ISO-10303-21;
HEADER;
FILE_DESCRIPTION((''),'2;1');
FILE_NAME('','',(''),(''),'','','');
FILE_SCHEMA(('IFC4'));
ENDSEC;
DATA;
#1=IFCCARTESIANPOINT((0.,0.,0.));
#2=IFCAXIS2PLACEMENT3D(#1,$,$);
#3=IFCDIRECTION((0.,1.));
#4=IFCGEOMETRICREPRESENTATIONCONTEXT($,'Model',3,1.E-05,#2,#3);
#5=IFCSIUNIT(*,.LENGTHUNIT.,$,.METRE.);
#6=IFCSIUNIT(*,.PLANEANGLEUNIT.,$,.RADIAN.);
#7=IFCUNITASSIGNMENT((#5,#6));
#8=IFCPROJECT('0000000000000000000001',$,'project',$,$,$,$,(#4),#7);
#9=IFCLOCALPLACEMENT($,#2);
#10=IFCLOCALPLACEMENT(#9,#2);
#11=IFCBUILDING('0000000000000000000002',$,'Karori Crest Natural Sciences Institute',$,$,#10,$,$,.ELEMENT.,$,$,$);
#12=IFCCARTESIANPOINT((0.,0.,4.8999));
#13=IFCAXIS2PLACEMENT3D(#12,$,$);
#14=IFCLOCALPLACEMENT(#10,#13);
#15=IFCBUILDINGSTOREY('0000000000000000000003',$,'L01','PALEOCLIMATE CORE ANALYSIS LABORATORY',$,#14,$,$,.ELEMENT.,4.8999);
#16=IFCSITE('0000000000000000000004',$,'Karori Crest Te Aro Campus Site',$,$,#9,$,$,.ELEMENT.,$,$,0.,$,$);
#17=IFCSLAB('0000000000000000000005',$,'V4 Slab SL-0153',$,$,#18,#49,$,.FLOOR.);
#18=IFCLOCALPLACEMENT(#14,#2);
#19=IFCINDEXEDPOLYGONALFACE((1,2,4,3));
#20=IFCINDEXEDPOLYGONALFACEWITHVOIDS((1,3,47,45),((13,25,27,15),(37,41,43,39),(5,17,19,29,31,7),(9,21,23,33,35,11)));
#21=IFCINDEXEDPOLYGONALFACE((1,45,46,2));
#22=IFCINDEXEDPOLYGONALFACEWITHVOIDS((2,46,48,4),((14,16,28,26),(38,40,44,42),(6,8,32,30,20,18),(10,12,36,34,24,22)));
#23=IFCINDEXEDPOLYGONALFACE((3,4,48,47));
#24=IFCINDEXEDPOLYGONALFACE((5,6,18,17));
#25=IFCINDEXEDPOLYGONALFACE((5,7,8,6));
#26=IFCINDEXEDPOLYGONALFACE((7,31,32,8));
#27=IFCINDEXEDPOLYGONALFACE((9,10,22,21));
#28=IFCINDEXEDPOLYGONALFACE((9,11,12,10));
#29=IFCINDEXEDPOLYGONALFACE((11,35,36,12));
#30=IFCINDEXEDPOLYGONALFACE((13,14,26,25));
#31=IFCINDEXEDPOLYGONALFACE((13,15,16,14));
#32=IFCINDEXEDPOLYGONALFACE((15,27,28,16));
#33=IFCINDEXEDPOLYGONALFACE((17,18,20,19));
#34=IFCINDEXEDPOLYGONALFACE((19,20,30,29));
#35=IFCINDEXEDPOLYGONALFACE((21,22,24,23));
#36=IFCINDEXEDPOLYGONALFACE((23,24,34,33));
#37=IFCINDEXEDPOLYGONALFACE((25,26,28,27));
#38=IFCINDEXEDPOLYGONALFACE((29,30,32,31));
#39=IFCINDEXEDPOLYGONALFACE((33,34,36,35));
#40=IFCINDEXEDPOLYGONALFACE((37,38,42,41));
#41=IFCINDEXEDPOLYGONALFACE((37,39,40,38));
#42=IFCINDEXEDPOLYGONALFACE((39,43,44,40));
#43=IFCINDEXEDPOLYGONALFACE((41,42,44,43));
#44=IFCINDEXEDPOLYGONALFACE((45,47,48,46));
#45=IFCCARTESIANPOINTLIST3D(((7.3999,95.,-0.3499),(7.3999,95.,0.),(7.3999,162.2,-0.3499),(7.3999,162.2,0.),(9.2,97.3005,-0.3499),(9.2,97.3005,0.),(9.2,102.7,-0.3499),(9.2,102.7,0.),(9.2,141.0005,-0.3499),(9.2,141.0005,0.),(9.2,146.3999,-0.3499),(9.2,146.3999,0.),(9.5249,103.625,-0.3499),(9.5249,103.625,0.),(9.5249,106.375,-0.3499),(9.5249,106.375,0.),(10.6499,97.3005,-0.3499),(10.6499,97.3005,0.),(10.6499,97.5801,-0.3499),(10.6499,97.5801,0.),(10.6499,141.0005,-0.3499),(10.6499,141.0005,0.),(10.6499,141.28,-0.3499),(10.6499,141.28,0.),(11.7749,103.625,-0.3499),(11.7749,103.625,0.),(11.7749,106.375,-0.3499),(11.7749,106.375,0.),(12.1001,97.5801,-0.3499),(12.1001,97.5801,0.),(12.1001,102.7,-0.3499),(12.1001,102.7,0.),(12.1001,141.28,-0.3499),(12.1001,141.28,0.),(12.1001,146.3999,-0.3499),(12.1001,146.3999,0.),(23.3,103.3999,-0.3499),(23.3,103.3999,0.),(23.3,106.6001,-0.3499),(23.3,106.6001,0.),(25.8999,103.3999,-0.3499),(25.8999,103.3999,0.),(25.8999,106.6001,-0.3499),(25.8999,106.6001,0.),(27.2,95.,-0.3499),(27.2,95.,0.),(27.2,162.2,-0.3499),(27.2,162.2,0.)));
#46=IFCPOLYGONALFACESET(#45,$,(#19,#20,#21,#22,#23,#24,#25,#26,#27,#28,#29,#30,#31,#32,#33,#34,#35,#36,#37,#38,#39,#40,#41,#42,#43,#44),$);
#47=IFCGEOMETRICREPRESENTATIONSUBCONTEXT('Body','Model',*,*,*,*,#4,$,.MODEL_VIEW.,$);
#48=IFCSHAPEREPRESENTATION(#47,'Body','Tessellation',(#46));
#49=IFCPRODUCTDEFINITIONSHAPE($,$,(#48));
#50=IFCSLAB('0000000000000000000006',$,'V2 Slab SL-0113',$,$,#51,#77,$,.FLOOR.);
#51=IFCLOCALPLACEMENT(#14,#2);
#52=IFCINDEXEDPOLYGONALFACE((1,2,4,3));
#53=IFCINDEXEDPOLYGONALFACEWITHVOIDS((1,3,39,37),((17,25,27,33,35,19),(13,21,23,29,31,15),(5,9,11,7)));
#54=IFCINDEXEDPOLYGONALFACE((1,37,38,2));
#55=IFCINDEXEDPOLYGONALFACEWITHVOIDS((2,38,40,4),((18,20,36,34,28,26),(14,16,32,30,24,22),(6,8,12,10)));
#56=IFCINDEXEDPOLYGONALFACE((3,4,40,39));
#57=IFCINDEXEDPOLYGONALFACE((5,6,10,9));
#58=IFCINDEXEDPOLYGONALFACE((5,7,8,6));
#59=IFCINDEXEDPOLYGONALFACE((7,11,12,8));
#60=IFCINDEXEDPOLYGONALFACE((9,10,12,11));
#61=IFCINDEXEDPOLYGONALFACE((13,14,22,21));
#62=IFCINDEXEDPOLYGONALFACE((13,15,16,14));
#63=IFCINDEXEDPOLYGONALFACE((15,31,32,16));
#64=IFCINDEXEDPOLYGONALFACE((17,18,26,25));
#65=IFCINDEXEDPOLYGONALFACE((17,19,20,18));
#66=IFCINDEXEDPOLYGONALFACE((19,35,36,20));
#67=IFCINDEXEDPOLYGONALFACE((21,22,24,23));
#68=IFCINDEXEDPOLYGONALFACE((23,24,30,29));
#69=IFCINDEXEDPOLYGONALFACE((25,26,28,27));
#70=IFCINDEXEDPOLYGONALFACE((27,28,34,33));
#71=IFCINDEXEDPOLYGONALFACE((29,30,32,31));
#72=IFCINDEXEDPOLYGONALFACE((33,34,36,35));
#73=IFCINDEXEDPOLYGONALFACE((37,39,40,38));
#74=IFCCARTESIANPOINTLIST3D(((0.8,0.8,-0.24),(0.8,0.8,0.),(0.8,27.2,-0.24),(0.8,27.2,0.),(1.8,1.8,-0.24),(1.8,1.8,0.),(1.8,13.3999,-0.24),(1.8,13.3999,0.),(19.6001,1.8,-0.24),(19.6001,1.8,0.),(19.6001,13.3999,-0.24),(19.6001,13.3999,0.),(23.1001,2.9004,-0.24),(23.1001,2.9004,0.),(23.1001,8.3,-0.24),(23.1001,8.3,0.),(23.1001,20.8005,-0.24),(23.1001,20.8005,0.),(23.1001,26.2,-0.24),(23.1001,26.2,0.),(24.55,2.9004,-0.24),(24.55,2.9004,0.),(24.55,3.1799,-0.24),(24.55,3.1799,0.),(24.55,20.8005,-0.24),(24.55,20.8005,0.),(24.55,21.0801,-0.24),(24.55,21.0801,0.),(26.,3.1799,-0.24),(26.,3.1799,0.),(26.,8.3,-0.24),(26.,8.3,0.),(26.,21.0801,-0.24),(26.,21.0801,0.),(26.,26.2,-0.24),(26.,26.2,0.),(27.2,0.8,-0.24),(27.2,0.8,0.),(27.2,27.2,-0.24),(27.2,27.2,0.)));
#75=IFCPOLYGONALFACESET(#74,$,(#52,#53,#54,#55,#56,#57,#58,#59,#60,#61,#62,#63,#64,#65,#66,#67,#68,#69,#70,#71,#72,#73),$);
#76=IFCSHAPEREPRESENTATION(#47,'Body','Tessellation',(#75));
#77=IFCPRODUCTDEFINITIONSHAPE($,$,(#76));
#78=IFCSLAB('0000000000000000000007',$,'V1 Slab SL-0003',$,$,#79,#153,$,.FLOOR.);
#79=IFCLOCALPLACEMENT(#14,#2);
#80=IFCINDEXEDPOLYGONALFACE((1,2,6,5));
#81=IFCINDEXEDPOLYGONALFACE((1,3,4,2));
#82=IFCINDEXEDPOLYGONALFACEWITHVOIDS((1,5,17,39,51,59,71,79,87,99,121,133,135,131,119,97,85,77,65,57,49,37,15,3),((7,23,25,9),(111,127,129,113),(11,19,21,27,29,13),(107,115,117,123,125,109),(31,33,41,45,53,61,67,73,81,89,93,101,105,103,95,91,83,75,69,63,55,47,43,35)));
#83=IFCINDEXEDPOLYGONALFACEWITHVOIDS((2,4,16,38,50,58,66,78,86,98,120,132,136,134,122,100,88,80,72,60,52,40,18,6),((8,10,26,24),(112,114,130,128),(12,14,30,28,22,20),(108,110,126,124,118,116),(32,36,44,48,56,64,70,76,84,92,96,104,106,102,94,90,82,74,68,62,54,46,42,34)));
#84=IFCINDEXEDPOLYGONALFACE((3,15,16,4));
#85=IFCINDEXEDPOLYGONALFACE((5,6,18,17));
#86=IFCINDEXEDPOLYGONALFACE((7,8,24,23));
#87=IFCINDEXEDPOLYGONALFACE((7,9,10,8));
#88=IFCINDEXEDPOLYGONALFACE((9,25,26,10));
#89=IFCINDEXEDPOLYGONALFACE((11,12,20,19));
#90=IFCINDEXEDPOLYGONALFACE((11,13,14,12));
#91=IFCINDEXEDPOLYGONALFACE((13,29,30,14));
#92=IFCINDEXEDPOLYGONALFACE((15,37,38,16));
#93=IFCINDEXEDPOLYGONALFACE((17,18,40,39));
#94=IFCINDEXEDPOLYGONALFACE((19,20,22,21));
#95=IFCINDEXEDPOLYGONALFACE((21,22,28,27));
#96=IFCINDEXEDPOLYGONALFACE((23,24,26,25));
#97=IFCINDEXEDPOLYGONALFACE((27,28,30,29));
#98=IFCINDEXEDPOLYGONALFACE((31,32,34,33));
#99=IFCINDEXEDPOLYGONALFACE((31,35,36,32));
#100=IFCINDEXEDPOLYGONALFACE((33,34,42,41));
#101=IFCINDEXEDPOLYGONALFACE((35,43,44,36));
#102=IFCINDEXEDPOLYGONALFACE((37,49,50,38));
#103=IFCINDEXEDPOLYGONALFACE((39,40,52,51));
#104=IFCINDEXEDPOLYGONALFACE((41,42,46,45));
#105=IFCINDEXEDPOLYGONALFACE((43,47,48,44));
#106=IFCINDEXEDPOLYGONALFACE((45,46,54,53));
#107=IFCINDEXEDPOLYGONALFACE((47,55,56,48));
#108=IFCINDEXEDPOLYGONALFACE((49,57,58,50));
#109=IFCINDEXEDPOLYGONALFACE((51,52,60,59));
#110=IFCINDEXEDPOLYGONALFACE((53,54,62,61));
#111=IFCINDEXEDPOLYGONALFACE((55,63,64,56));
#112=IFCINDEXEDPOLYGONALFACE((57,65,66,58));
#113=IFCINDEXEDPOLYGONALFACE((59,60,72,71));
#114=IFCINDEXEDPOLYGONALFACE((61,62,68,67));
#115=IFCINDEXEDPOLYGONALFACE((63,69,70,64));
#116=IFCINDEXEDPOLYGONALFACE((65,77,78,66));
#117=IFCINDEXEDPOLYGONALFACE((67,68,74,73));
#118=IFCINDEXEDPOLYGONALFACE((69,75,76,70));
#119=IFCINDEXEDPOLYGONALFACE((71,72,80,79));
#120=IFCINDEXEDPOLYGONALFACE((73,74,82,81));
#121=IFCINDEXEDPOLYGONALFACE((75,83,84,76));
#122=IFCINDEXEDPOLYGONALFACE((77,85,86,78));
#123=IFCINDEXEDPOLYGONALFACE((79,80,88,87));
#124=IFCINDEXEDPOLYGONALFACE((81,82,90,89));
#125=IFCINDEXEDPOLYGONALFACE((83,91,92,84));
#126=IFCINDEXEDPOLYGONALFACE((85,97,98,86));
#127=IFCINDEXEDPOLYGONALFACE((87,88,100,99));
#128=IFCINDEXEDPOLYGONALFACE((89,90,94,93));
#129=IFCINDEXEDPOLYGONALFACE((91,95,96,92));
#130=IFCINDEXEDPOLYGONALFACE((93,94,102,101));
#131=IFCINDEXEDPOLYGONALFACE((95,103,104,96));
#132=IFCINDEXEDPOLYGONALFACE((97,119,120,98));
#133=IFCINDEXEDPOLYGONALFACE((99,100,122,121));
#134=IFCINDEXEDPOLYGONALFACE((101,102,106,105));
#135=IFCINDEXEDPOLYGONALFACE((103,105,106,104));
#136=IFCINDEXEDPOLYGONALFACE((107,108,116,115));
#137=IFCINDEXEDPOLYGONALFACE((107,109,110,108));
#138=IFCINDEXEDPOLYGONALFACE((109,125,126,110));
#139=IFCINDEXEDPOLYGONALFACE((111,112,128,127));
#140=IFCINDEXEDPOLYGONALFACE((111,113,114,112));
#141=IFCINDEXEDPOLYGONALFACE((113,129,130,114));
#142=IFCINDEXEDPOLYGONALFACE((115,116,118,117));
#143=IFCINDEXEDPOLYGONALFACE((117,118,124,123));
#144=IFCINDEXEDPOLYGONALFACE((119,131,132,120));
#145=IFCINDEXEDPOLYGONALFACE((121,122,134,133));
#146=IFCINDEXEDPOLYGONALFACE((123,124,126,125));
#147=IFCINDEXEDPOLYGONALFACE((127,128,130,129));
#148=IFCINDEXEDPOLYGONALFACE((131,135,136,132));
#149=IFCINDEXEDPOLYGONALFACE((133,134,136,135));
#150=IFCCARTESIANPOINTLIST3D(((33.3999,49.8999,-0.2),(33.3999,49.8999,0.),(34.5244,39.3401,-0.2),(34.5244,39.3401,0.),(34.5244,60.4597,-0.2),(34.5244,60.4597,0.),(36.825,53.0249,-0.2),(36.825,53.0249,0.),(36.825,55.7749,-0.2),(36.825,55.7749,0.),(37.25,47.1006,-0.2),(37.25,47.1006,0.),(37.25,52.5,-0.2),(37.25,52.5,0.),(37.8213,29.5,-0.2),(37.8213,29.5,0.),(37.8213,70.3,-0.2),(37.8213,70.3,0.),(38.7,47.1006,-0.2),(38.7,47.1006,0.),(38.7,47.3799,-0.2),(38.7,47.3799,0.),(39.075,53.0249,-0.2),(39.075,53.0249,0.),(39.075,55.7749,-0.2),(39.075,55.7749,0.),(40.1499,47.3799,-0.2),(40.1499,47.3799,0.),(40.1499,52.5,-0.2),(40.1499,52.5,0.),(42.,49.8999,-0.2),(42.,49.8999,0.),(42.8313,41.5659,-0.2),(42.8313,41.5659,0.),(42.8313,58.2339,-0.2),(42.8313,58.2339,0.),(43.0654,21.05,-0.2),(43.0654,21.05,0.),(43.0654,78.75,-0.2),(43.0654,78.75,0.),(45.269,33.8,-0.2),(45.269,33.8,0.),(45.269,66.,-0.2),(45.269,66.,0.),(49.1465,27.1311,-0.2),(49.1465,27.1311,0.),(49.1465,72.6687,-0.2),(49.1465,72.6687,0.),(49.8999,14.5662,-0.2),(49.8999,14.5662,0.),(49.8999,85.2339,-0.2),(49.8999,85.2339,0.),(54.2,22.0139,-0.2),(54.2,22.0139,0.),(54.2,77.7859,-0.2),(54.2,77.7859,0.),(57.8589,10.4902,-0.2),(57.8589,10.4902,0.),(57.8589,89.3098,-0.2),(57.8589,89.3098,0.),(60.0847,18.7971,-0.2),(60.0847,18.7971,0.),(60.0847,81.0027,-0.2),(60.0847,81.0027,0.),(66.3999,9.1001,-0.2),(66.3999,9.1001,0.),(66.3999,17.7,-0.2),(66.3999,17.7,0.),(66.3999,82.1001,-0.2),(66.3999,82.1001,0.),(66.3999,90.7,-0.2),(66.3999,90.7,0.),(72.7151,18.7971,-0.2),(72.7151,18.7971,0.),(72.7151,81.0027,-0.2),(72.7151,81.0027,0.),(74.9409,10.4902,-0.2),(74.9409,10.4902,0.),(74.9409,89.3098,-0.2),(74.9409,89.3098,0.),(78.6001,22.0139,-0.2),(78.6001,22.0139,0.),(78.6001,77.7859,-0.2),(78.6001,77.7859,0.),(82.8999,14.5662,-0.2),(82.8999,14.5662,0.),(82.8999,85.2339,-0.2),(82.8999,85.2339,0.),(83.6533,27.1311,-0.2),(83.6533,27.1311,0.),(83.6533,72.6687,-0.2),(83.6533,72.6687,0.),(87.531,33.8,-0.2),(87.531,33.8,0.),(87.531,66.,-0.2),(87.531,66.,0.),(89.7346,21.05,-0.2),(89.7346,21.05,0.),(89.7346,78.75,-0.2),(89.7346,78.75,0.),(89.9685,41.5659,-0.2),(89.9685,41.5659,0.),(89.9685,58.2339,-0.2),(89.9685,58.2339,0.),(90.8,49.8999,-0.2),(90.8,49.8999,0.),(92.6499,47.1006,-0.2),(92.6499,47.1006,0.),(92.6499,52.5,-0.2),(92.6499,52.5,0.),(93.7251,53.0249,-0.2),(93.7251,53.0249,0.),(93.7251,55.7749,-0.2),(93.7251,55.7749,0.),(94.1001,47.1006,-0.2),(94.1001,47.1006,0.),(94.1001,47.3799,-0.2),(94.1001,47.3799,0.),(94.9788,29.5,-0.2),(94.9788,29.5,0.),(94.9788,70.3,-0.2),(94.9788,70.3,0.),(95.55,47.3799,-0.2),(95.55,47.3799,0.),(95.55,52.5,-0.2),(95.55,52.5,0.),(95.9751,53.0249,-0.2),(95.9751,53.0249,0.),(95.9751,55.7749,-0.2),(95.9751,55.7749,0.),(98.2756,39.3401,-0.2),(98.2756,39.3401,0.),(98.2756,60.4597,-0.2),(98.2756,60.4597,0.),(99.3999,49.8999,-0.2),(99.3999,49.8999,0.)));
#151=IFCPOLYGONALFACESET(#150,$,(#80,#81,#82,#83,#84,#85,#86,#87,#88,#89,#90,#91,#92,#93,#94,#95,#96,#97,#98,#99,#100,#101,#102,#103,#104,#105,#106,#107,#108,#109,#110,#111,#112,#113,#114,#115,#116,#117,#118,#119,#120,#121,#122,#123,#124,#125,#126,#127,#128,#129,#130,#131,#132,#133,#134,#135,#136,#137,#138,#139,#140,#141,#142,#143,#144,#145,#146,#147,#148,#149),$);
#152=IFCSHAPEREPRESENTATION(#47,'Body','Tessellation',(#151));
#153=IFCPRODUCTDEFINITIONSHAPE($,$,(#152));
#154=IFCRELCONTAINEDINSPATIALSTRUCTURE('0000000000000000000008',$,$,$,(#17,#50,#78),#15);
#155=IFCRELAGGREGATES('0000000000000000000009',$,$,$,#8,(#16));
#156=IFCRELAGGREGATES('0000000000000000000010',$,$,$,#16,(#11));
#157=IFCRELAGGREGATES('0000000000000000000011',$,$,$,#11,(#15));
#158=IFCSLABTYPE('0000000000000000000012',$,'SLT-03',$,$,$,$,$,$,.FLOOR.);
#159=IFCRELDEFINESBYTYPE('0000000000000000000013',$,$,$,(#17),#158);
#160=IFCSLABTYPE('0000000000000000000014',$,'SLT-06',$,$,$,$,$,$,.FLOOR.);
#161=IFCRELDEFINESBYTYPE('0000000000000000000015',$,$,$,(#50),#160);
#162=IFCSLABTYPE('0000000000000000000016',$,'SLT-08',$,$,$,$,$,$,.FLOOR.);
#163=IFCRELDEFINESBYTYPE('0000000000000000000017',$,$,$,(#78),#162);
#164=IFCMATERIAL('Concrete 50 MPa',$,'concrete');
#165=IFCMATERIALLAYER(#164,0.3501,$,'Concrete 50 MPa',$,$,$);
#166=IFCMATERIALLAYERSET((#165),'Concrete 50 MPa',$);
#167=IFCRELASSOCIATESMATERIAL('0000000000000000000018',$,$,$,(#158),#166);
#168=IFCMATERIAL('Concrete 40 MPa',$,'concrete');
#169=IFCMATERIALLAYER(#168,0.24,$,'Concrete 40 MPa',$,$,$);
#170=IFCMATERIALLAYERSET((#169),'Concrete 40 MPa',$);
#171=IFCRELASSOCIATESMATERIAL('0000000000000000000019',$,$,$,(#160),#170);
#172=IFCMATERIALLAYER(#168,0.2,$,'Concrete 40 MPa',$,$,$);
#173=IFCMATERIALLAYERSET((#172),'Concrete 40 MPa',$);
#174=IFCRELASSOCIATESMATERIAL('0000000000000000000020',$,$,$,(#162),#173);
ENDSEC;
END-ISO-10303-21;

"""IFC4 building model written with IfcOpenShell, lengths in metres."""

from ifc_helpers import new_model, si_unit, direction, frame, origin, place, context, subcontext, project, spatial, polyline, outline, extrude, material, layer, layer_set, type_object, element, save


model = new_model("IFC4")

# Units and contexts
model_context = context("Model", 3, precision=1e-05, world=origin(), true_north=direction((0.0, 1.0)))
body_context = subcontext(model_context, "Body", "Model", "MODEL_VIEW")
ifc_project = project(units=[si_unit("LENGTHUNIT", "METRE"), si_unit("PLANEANGLEUNIT", "RADIAN")], contexts=[model_context])

# Site, building, storey
site_placement = place(None, origin())
site = spatial("IfcSite", under=ifc_project, at=site_placement, Name="Karori Crest Te Aro Campus Site", CompositionType="ELEMENT", RefElevation=0.0)
building_placement = place(site_placement, origin())
building = spatial("IfcBuilding", under=site, at=building_placement, Name="Karori Crest Natural Sciences Institute", CompositionType="ELEMENT")
storey_placement = place(building_placement, frame((0.0, 0.0, 4.8999)))
storey = spatial("IfcBuildingStorey", under=building, at=storey_placement, Name="L01", Description="PALEOCLIMATE CORE ANALYSIS LABORATORY", CompositionType="ELEMENT", Elevation=4.8999)

# Slabs
ifc_material_1 = material(Name="Concrete 50 MPa", Category="concrete")
ifc_layer_1 = layer(ifc_material_1, 0.3501, Name="Concrete 50 MPa")
ifc_layer_set_1 = layer_set([ifc_layer_1], Name="Concrete 50 MPa")
slab_type_1 = type_object("IfcSlabType", Name="SLT-03", PredefinedType="FLOOR", material=ifc_layer_set_1)
slab_1_placement = place(storey_placement, frame((0.0, 0.0, -0.3499)))
element("IfcSlab", 1, at=slab_1_placement, inside=storey, type_object=slab_type_1, Name="V4 Slab SL-0153", PredefinedType="FLOOR", context=body_context, shape_type="SweptSolid", body=[
    extrude(outline(polyline([(7.3999, 95.0), (27.2, 95.0), (27.2, 162.2), (7.3999, 162.2), (7.3999, 95.0)]), holes=[polyline([(12.1001, 97.5801), (10.6499, 97.5801), (10.6499, 97.3005), (9.2, 97.3005), (9.2, 102.7), (12.1001, 102.7), (12.1001, 97.5801)]), polyline([(12.1001, 141.28), (10.6499, 141.28), (10.6499, 141.0005), (9.2, 141.0005), (9.2, 146.3999), (12.1001, 146.3999), (12.1001, 141.28)]), polyline([(9.5249, 106.375), (11.7749, 106.375), (11.7749, 103.625), (9.5249, 103.625), (9.5249, 106.375)]), polyline([(23.3, 106.6001), (25.8999, 106.6001), (25.8999, 103.3999), (23.3, 103.3999), (23.3, 106.6001)])]), origin(), (0.0, 0.0, 1.0), 0.3499),
])
ifc_material_2 = material(Name="Concrete 40 MPa", Category="concrete")
ifc_layer_2 = layer(ifc_material_2, 0.24, Name="Concrete 40 MPa")
ifc_layer_set_2 = layer_set([ifc_layer_2], Name="Concrete 40 MPa")
slab_type_2 = type_object("IfcSlabType", Name="SLT-06", PredefinedType="FLOOR", material=ifc_layer_set_2)
slab_2_placement = place(storey_placement, frame((0.0, 0.0, -0.24)))
element("IfcSlab", 2, at=slab_2_placement, inside=storey, type_object=slab_type_2, Name="V2 Slab SL-0113", PredefinedType="FLOOR", context=body_context, shape_type="SweptSolid", body=[
    extrude(outline(polyline([(0.8, 0.8), (27.2, 0.8), (27.2, 27.2), (0.8, 27.2), (0.8, 0.8)]), holes=[polyline([(1.8, 13.3999), (19.6001, 13.3999), (19.6001, 1.8), (1.8, 1.8), (1.8, 13.3999)]), polyline([(26.0, 3.1799), (24.55, 3.1799), (24.55, 2.9004), (23.1001, 2.9004), (23.1001, 8.3), (26.0, 8.3), (26.0, 3.1799)]), polyline([(26.0, 21.0801), (24.55, 21.0801), (24.55, 20.8005), (23.1001, 20.8005), (23.1001, 26.2), (26.0, 26.2), (26.0, 21.0801)])]), origin(), (0.0, 0.0, 1.0), 0.24),
])
ifc_layer_3 = layer(ifc_material_2, 0.2, Name="Concrete 40 MPa")
ifc_layer_set_3 = layer_set([ifc_layer_3], Name="Concrete 40 MPa")
slab_type_3 = type_object("IfcSlabType", Name="SLT-08", PredefinedType="FLOOR", material=ifc_layer_set_3)
slab_3_placement = place(storey_placement, frame((0.0, 0.0, -0.2)))
element("IfcSlab", 3, at=slab_3_placement, inside=storey, type_object=slab_type_3, Name="V1 Slab SL-0003", PredefinedType="FLOOR", context=body_context, shape_type="SweptSolid", body=[
    extrude(outline(polyline([(99.3999, 49.8999), (98.2756, 60.4597), (94.9788, 70.3), (89.7346, 78.75), (82.8999, 85.2339), (74.9409, 89.3098), (66.3999, 90.7), (57.8589, 89.3098), (49.8999, 85.2339), (43.0654, 78.75), (37.8213, 70.3), (34.5244, 60.4597), (33.3999, 49.8999), (34.5244, 39.3401), (37.8213, 29.5), (43.0654, 21.05), (49.8999, 14.5662), (57.8589, 10.4902), (66.3999, 9.1001), (74.9409, 10.4902), (82.8999, 14.5662), (89.7346, 21.05), (94.9788, 29.5), (98.2756, 39.3401), (99.3999, 49.8999)]), holes=[polyline([(89.9685, 41.5659), (87.531, 33.8), (83.6533, 27.1311), (78.6001, 22.0139), (72.7151, 18.7971), (66.3999, 17.7), (60.0847, 18.7971), (54.2, 22.0139), (49.1465, 27.1311), (45.269, 33.8), (42.8313, 41.5659), (42.0, 49.8999), (42.8313, 58.2339), (45.269, 66.0), (49.1465, 72.6687), (54.2, 77.7859), (60.0847, 81.0027), (66.3999, 82.1001), (72.7151, 81.0027), (78.6001, 77.7859), (83.6533, 72.6687), (87.531, 66.0), (89.9685, 58.2339), (90.8, 49.8999), (89.9685, 41.5659)]), polyline([(95.55, 47.3799), (94.1001, 47.3799), (94.1001, 47.1006), (92.6499, 47.1006), (92.6499, 52.5), (95.55, 52.5), (95.55, 47.3799)]), polyline([(40.1499, 47.3799), (38.7, 47.3799), (38.7, 47.1006), (37.25, 47.1006), (37.25, 52.5), (40.1499, 52.5), (40.1499, 47.3799)]), polyline([(93.7251, 55.7749), (95.9751, 55.7749), (95.9751, 53.0249), (93.7251, 53.0249), (93.7251, 55.7749)]), polyline([(36.825, 55.7749), (39.075, 55.7749), (39.075, 53.0249), (36.825, 53.0249), (36.825, 55.7749)])]), origin(), (0.0, 0.0, 1.0), 0.2),
])

save(model, "model.ifc")
